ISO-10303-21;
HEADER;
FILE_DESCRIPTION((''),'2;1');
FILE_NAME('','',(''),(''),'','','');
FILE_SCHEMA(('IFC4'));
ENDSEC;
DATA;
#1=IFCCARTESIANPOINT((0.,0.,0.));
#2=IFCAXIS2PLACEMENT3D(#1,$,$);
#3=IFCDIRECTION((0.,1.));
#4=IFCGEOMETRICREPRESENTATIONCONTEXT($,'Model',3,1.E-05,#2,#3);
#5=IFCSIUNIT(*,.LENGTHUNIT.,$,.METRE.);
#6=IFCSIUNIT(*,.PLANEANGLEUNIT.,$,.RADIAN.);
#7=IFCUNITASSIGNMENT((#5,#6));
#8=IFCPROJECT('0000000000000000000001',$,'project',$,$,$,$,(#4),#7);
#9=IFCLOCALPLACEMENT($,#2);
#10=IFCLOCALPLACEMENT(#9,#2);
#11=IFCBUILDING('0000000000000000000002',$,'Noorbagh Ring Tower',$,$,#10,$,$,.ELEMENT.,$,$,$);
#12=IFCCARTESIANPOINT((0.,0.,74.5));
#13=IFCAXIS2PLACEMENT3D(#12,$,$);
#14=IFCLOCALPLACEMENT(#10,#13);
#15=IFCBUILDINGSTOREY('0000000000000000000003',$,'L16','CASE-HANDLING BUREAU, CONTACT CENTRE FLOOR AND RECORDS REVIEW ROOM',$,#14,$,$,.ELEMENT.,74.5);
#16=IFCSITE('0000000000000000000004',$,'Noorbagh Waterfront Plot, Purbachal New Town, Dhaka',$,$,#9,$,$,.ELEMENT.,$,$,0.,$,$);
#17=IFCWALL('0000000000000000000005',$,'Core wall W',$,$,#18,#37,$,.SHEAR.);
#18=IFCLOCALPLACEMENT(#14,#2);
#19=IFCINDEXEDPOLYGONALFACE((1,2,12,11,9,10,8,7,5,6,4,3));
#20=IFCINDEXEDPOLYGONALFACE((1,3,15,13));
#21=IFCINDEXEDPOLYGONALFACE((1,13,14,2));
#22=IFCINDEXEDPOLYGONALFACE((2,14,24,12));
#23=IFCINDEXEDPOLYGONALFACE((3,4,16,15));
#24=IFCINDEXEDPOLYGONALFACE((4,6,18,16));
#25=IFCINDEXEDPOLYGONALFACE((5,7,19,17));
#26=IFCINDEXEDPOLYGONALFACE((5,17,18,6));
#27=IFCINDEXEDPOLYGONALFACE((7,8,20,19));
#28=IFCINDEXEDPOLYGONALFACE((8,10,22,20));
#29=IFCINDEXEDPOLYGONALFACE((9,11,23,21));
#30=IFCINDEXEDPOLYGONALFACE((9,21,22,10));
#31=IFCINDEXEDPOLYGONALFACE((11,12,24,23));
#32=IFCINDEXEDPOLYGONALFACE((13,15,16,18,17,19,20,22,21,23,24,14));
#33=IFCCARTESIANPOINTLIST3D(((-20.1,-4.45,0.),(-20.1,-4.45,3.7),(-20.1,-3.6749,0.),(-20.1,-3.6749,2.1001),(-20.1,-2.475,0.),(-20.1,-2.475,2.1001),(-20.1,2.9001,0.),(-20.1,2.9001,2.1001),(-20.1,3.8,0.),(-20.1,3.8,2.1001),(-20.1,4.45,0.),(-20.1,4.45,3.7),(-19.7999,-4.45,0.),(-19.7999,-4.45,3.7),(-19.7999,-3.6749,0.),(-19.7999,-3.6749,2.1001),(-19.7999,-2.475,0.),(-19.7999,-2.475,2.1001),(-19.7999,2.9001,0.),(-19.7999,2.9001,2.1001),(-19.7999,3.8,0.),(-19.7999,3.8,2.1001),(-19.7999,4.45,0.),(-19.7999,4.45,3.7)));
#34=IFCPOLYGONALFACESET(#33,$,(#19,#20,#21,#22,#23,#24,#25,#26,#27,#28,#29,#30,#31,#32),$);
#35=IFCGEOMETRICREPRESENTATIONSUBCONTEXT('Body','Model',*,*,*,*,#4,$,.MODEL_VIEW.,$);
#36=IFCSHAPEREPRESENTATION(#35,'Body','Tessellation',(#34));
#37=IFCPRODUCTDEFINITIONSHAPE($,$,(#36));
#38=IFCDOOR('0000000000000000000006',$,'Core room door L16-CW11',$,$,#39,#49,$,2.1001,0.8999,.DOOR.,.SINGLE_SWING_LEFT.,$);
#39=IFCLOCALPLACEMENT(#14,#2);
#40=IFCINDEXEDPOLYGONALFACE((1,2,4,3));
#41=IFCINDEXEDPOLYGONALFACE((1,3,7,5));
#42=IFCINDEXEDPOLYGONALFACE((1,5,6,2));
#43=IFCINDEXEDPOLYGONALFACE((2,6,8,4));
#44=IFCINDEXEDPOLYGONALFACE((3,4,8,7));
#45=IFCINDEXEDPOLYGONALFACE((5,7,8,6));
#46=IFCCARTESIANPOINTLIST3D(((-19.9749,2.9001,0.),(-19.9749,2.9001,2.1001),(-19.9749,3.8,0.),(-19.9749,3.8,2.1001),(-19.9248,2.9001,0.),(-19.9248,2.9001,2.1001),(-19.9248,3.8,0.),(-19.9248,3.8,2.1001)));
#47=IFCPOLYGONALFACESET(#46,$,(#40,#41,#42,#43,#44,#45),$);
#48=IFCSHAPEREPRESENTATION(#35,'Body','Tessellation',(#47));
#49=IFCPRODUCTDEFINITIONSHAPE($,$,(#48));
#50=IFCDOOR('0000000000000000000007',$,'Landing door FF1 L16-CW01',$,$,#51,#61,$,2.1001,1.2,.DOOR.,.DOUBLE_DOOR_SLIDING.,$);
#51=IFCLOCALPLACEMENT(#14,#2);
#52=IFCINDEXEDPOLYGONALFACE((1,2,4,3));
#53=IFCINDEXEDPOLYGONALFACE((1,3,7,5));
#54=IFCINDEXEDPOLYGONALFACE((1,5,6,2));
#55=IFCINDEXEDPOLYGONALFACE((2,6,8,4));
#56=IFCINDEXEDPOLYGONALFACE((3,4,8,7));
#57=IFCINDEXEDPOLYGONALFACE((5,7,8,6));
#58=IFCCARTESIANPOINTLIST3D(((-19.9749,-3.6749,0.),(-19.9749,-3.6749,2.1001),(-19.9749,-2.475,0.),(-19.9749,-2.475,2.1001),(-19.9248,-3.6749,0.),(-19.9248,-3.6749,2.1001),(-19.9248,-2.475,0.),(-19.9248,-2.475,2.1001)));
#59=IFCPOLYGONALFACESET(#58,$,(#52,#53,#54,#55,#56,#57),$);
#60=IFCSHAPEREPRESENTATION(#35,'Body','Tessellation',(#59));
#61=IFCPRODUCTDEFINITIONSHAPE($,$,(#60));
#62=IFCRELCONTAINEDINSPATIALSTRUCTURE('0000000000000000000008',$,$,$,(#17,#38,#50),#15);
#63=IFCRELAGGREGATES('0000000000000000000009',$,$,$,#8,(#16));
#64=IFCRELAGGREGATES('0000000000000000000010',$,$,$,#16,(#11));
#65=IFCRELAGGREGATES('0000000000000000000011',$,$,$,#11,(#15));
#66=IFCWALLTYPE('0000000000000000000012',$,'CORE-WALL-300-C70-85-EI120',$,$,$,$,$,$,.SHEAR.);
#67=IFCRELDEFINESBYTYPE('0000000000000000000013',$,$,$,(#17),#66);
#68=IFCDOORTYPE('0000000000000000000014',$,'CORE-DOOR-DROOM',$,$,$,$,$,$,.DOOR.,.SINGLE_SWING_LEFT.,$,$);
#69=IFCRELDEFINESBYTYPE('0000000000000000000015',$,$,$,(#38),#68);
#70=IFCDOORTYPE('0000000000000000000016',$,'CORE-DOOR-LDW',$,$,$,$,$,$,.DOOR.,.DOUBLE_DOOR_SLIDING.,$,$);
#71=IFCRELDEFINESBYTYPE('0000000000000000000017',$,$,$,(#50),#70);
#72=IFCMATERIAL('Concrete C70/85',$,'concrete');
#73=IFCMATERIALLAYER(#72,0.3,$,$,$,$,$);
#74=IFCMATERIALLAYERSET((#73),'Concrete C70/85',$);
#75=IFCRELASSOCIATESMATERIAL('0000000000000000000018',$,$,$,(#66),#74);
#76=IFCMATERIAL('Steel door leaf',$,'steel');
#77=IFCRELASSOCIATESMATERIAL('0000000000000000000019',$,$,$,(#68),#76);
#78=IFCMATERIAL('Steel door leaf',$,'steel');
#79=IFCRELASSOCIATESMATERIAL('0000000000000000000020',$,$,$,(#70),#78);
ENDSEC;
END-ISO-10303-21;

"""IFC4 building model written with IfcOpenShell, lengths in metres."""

from ifc_helpers import new_model, si_unit, direction, frame, frame_2d, origin, place, context, subcontext, project, spatial, rectangle, extrude, material, layer, layer_set, type_object, element, fill, save


model = new_model("IFC4")

# Units and contexts
model_context = context("Model", 3, precision=1e-05, world=origin(), true_north=direction((0.0, 1.0)))
body_context = subcontext(model_context, "Body", "Model", "MODEL_VIEW")
ifc_project = project(units=[si_unit("LENGTHUNIT", "METRE"), si_unit("PLANEANGLEUNIT", "RADIAN")], contexts=[model_context])

# Site, building, storey
site_placement = place(None, origin())
site = spatial("IfcSite", under=ifc_project, at=site_placement, Name="Noorbagh Waterfront Plot, Purbachal New Town, Dhaka", CompositionType="ELEMENT", RefElevation=0.0)
building_placement = place(site_placement, origin())
building = spatial("IfcBuilding", under=site, at=building_placement, Name="Noorbagh Ring Tower", CompositionType="ELEMENT")
storey_placement = place(building_placement, frame((0.0, 0.0, 74.5)))
storey = spatial("IfcBuildingStorey", under=building, at=storey_placement, Name="L16", Description="CASE-HANDLING BUREAU, CONTACT CENTRE FLOOR AND RECORDS REVIEW ROOM", CompositionType="ELEMENT", Elevation=74.5)

# Shared definitions
ifc_material_1 = material(Name="Concrete C70/85", Category="concrete")
ifc_layer_1 = layer(ifc_material_1, 0.3)
ifc_layer_set_1 = layer_set([ifc_layer_1], Name="Concrete C70/85")
wall_type_1 = type_object("IfcWallType", Name="CORE-WALL-300-C70-85-EI120", PredefinedType="SHEAR", material=ifc_layer_set_1)

# Wall, openings, doors
wall_1_placement = place(storey_placement, frame((-19.95, -4.45, 0.0), z_axis=(0.0, 0.0, 1.0), x_axis=(0.0, 1.0, 0.0)))
wall_1 = element("IfcWall", 1, at=wall_1_placement, inside=storey, type_object=wall_type_1, Name="Core wall W", PredefinedType="SHEAR", context=body_context, shape_type="SweptSolid", body=[
    extrude(rectangle(XDim=8.8999, YDim=0.3, at=frame_2d((4.45, 0.0))), origin(), (0.0, 0.0, 1.0), 3.7),
])
opening_1_placement = place(wall_1_placement, frame((0.7749, 0.0, 0.0)))
opening_1 = element("IfcOpeningElement", 2, at=opening_1_placement, cuts=wall_1, PredefinedType="OPENING", context=body_context, shape_type="SweptSolid", body=[
    extrude(rectangle(XDim=1.2, YDim=2.1001, at=frame_2d((0.6001, 1.05))), frame((0.0, 0.1602, 0.0), z_axis=(0.0, -1.0, 0.0), x_axis=(1.0, 0.0, 0.0)), (0.0, 0.0, 1.0), 0.3201),
])
opening_2_placement = place(wall_1_placement, frame((7.3501, 0.0, 0.0)))
opening_2 = element("IfcOpeningElement", 3, at=opening_2_placement, cuts=wall_1, PredefinedType="OPENING", context=body_context, shape_type="SweptSolid", body=[
    extrude(rectangle(XDim=0.8999, YDim=2.1001, at=frame_2d((0.45, 1.05))), frame((0.0, 0.1602, 0.0), z_axis=(0.0, -1.0, 0.0), x_axis=(1.0, 0.0, 0.0)), (0.0, 0.0, 1.0), 0.3201),
])
ifc_material_2 = material(Name="Steel door leaf", Category="steel")
door_type_1 = type_object("IfcDoorType", Name="CORE-DOOR-DROOM", OperationType="SINGLE_SWING_LEFT", PredefinedType="DOOR", material=ifc_material_2)
door_1_placement = place(opening_2_placement, origin())
door_1 = element("IfcDoor", 4, at=door_1_placement, inside=storey, type_object=door_type_1, Name="Core room door L16-CW11", OperationType="SINGLE_SWING_LEFT", OverallHeight=2.1001, OverallWidth=0.8999, PredefinedType="DOOR", context=body_context, shape_type="SweptSolid", body=[
    extrude(rectangle(XDim=0.8999, YDim=2.1001, at=frame_2d((0.45, 1.05))), frame((0.0, 0.0249, 0.0), z_axis=(0.0, -1.0, 0.0), x_axis=(1.0, 0.0, 0.0)), (0.0, 0.0, 1.0), 0.05),
])
fill(opening_2, door_1)
ifc_material_3 = material(Name="Steel door leaf", Category="steel")
door_type_2 = type_object("IfcDoorType", Name="CORE-DOOR-LDW", OperationType="DOUBLE_DOOR_SLIDING", PredefinedType="DOOR", material=ifc_material_3)
door_2_placement = place(opening_1_placement, origin())
door_2 = element("IfcDoor", 5, at=door_2_placement, inside=storey, type_object=door_type_2, Name="Landing door FF1 L16-CW01", OperationType="DOUBLE_DOOR_SLIDING", OverallHeight=2.1001, OverallWidth=1.2, PredefinedType="DOOR", context=body_context, shape_type="SweptSolid", body=[
    extrude(rectangle(XDim=1.2, YDim=2.1001, at=frame_2d((0.6001, 1.05))), frame((0.0, 0.0249, 0.0), z_axis=(0.0, -1.0, 0.0), x_axis=(1.0, 0.0, 0.0)), (0.0, 0.0, 1.0), 0.05),
])
fill(opening_1, door_2)

save(model, "model.ifc")
